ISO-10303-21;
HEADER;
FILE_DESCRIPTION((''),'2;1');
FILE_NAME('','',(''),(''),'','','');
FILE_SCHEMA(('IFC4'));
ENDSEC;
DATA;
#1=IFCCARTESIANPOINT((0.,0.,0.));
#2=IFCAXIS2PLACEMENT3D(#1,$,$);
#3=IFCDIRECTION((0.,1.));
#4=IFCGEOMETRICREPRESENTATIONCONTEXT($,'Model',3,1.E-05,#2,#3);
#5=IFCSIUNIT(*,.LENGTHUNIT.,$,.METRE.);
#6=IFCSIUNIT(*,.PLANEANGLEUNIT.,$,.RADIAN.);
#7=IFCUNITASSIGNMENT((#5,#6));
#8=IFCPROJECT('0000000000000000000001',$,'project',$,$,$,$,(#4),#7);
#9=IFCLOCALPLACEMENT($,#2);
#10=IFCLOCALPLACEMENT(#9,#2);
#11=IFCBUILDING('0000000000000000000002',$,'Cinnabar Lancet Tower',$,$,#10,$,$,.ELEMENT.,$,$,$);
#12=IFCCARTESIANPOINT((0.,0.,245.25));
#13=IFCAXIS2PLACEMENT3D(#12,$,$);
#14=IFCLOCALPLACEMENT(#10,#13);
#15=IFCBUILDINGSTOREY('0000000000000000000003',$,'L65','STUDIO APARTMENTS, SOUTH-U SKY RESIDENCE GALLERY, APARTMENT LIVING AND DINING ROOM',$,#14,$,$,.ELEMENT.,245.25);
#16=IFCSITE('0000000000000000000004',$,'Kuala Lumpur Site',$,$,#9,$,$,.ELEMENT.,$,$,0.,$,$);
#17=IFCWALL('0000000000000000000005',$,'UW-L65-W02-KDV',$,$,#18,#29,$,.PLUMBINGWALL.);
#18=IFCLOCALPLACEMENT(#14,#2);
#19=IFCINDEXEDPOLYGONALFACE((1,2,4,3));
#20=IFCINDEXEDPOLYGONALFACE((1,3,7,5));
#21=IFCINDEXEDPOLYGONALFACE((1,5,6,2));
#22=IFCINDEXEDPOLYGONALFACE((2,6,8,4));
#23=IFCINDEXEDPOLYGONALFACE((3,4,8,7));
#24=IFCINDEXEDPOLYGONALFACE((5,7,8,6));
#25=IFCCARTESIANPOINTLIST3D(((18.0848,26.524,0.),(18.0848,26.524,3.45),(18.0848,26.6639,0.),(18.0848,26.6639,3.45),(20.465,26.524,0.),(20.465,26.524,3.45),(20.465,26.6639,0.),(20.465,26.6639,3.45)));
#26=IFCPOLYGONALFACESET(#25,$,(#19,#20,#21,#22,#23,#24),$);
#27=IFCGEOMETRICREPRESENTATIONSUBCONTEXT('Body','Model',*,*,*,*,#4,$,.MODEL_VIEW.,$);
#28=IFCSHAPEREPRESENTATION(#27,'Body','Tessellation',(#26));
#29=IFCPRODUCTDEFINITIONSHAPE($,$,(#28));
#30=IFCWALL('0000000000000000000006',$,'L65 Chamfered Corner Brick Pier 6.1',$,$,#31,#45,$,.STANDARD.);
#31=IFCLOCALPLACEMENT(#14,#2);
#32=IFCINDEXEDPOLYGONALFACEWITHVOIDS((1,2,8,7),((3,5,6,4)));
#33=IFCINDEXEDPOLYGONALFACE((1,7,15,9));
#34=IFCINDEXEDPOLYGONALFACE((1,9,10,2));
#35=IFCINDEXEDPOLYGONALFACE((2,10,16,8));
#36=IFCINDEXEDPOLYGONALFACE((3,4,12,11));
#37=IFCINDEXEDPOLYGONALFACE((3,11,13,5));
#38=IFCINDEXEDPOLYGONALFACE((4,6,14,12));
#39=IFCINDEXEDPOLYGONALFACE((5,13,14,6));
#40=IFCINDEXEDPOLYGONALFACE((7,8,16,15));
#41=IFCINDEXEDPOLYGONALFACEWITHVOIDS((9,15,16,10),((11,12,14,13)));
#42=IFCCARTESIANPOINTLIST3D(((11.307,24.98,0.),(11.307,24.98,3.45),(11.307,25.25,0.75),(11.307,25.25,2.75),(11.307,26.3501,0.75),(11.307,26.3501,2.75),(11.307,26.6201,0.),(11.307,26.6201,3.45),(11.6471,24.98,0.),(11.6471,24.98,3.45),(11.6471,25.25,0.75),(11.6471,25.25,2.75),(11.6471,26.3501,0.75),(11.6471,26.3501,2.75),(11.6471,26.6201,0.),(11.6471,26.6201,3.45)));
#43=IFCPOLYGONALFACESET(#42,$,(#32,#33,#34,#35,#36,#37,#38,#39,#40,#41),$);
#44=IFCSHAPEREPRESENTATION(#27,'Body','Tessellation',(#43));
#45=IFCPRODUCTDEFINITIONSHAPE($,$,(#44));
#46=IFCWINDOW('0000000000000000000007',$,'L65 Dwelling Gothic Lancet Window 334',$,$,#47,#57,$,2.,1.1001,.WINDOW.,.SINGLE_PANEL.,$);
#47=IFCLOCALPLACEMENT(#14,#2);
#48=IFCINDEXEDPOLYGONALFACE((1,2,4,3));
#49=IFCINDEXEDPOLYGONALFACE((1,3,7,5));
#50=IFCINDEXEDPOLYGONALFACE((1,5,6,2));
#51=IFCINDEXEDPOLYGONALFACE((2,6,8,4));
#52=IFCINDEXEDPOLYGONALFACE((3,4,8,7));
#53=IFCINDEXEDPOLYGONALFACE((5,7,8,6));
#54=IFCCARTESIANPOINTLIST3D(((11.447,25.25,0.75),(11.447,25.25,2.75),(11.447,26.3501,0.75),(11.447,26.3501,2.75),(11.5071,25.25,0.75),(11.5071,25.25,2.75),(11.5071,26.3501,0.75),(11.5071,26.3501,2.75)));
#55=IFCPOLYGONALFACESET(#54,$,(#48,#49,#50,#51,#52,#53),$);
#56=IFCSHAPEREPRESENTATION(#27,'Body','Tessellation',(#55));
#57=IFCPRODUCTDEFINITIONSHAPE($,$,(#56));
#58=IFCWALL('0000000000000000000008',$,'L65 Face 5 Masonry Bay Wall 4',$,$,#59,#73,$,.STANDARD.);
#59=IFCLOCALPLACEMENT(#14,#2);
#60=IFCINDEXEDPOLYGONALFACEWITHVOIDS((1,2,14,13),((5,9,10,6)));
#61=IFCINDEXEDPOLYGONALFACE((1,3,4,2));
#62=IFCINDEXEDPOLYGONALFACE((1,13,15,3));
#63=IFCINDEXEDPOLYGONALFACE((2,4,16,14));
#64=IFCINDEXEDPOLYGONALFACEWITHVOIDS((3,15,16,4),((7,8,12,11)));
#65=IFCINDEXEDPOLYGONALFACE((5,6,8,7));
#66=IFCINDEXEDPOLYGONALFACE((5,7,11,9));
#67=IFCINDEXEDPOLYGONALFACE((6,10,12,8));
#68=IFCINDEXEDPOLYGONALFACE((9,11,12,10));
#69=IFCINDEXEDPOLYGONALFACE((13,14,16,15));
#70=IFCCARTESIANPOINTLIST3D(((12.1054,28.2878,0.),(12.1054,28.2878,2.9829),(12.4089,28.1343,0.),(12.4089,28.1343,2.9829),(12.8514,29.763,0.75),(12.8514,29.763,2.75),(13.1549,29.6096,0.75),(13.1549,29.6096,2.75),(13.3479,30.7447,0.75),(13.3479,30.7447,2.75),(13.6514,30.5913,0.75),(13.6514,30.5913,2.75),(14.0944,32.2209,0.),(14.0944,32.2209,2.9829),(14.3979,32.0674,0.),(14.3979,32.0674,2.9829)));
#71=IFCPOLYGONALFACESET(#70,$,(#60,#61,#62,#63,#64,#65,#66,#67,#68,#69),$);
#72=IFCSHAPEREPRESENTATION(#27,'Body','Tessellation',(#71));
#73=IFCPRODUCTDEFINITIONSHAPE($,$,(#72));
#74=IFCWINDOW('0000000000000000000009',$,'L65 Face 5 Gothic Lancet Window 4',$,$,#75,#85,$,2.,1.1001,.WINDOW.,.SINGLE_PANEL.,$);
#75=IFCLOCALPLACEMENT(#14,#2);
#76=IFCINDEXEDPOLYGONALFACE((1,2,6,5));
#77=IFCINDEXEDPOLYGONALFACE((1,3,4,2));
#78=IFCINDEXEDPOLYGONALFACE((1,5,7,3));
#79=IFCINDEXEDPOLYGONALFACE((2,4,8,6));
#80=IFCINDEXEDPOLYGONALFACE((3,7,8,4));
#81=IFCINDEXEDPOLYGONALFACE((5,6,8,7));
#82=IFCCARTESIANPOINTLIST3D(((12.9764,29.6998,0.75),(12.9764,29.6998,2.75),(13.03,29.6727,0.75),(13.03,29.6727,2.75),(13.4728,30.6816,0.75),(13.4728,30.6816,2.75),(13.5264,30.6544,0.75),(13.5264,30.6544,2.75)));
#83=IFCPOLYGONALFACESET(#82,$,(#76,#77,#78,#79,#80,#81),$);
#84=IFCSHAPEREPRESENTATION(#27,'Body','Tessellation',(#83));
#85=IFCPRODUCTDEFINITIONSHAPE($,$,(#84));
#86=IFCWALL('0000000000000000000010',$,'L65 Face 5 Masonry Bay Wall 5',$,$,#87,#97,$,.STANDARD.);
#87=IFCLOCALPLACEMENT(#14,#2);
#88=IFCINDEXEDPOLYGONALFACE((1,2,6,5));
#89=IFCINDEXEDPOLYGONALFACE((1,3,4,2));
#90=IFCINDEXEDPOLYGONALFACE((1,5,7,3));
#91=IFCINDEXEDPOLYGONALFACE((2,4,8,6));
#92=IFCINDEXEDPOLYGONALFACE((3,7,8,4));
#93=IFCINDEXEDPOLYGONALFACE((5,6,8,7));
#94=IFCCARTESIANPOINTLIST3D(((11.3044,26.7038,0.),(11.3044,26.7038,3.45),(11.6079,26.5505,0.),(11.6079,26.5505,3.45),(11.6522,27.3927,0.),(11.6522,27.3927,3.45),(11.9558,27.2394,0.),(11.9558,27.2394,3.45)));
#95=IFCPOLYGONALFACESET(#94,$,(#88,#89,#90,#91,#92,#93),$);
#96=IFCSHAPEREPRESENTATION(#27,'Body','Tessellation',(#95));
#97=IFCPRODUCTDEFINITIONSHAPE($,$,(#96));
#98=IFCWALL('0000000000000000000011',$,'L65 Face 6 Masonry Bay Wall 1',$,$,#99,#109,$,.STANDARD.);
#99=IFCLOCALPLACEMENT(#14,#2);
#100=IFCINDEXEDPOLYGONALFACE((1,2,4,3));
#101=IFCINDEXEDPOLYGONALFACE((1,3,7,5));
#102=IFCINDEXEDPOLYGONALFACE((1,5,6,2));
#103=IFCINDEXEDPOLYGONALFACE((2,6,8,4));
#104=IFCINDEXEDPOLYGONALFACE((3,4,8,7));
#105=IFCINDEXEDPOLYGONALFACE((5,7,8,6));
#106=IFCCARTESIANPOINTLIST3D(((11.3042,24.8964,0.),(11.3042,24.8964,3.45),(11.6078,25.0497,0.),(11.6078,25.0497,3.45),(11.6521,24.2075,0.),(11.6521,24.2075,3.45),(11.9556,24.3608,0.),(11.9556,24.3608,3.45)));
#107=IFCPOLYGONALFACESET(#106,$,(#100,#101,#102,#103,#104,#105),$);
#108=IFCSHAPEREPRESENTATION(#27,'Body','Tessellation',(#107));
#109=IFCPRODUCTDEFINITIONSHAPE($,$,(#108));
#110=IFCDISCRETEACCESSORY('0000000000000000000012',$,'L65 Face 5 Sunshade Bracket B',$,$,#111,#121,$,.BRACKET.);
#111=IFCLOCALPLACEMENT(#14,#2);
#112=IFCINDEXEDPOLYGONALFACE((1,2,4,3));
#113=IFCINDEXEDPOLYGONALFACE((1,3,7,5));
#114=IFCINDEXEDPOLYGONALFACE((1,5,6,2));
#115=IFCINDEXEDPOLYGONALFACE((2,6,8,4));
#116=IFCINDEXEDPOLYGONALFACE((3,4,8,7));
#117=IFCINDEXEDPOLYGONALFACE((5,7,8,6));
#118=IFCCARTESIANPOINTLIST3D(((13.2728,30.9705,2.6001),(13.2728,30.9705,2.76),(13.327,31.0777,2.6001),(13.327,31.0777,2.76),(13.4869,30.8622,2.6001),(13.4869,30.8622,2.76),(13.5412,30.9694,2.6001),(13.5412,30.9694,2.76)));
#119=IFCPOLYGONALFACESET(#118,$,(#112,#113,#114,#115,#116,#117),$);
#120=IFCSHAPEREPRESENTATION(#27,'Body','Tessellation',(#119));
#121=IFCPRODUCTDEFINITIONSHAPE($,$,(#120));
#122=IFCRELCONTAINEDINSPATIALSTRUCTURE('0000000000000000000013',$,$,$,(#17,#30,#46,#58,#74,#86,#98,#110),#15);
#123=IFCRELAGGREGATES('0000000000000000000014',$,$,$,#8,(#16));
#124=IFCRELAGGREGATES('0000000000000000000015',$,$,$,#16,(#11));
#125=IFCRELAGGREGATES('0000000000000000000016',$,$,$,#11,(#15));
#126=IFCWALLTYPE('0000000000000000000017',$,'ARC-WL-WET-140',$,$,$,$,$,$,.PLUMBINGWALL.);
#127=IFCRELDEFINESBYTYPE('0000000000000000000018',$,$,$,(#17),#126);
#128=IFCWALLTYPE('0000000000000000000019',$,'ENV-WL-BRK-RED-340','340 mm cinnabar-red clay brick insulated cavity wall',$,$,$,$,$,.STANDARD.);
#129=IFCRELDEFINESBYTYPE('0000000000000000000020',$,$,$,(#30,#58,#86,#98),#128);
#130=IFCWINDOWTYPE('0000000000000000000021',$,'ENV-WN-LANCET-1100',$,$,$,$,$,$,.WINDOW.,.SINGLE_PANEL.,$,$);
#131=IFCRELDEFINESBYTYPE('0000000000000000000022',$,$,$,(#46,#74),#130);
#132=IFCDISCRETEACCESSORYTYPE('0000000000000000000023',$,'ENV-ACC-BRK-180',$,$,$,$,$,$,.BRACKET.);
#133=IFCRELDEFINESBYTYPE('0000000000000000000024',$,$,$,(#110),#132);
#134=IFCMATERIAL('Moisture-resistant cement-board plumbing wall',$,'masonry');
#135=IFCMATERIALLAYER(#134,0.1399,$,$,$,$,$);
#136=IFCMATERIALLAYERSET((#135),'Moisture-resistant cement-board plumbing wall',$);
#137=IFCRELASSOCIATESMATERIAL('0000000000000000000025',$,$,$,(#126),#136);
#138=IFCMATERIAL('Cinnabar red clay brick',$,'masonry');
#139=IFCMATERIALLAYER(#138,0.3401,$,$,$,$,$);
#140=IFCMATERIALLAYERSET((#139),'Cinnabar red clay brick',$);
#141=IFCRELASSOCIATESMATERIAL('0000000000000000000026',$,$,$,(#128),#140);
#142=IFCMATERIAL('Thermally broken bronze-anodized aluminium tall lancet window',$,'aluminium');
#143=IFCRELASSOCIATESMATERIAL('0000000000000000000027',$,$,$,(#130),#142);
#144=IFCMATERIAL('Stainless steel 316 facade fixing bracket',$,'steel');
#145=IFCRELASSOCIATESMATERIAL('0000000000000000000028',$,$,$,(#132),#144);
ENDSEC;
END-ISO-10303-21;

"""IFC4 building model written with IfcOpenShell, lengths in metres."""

from ifc_helpers import new_model, si_unit, direction, frame, frame_2d, origin, origin_2d, place, context, subcontext, project, spatial, rectangle, extrude, material, layer, layer_set, type_object, element, fill, save


model = new_model("IFC4")

# Units and contexts
model_context = context("Model", 3, precision=1e-05, world=origin(), true_north=direction((0.0, 1.0)))
body_context = subcontext(model_context, "Body", "Model", "MODEL_VIEW")
ifc_project = project(units=[si_unit("LENGTHUNIT", "METRE"), si_unit("PLANEANGLEUNIT", "RADIAN")], contexts=[model_context])

# Site, building, storey
site_placement = place(None, origin())
site = spatial("IfcSite", under=ifc_project, at=site_placement, Name="Kuala Lumpur Site", CompositionType="ELEMENT", RefElevation=0.0)
building_placement = place(site_placement, origin())
building = spatial("IfcBuilding", under=site, at=building_placement, Name="Cinnabar Lancet Tower", CompositionType="ELEMENT")
storey_placement = place(building_placement, frame((0.0, 0.0, 245.25)))
storey = spatial("IfcBuildingStorey", under=building, at=storey_placement, Name="L65", Description="STUDIO APARTMENTS, SOUTH-U SKY RESIDENCE GALLERY, APARTMENT LIVING AND DINING ROOM", CompositionType="ELEMENT", Elevation=245.25)

# Wall
ifc_material_1 = material(Name="Moisture-resistant cement-board plumbing wall", Category="masonry")
ifc_layer_1 = layer(ifc_material_1, 0.1399)
ifc_layer_set_1 = layer_set([ifc_layer_1], Name="Moisture-resistant cement-board plumbing wall")
wall_type_1 = type_object("IfcWallType", Name="ARC-WL-WET-140", PredefinedType="PLUMBINGWALL", material=ifc_layer_set_1)
wall_1_placement = place(storey_placement, frame((18.085, 26.594, 0.0), z_axis=(0.0, 0.0, 1.0), x_axis=(1.0, 0.0, 0.0)))
element("IfcWall", 1, at=wall_1_placement, inside=storey, type_object=wall_type_1, Name="UW-L65-W02-KDV", PredefinedType="PLUMBINGWALL", context=body_context, shape_type="SweptSolid", body=[
    extrude(rectangle(XDim=2.3801, YDim=0.1399, at=frame_2d((1.1899, 0.0))), origin(), (0.0, 0.0, 1.0), 3.45),
])

# Walls, openings, windows
ifc_material_2 = material(Name="Cinnabar red clay brick", Category="masonry")
ifc_layer_2 = layer(ifc_material_2, 0.3401)
ifc_layer_set_2 = layer_set([ifc_layer_2], Name="Cinnabar red clay brick")
wall_type_2 = type_object("IfcWallType", Name="ENV-WL-BRK-RED-340", Description="340 mm cinnabar-red clay brick insulated cavity wall", PredefinedType="STANDARD", material=ifc_layer_set_2)
wall_2_placement = place(storey_placement, frame((11.4771, 26.6201, 0.0), z_axis=(0.0, 0.0, 1.0), x_axis=(0.0, -1.0, 0.0)))
wall_2 = element("IfcWall", 2, at=wall_2_placement, inside=storey, type_object=wall_type_2, Name="L65 Chamfered Corner Brick Pier 6.1", PredefinedType="STANDARD", context=body_context, shape_type="SweptSolid", body=[
    extrude(rectangle(XDim=1.6401, YDim=0.3401, at=frame_2d((0.8201, 0.0))), origin(), (0.0, 0.0, 1.0), 3.45),
])
opening_1_placement = place(wall_2_placement, frame((0.27, 0.0, 0.75)))
opening_1 = element("IfcOpeningElement", 3, at=opening_1_placement, cuts=wall_2, PredefinedType="OPENING", context=body_context, shape_type="SweptSolid", body=[
    extrude(rectangle(XDim=1.1001, YDim=2.0, at=frame_2d((0.55, 1.0))), frame((0.0, 0.1799, 0.0), z_axis=(0.0, -1.0, 0.0), x_axis=(1.0, 0.0, 0.0)), (0.0, 0.0, 1.0), 0.3601),
])
ifc_material_3 = material(Name="Thermally broken bronze-anodized aluminium tall lancet window", Category="aluminium")
window_type = type_object("IfcWindowType", Name="ENV-WN-LANCET-1100", PartitioningType="SINGLE_PANEL", PredefinedType="WINDOW", material=ifc_material_3)
window_1_placement = place(opening_1_placement, origin())
window_1 = element("IfcWindow", 4, at=window_1_placement, inside=storey, type_object=window_type, Name="L65 Dwelling Gothic Lancet Window 334", OverallHeight=2.0, OverallWidth=1.1001, PartitioningType="SINGLE_PANEL", PredefinedType="WINDOW", context=body_context, shape_type="SweptSolid", body=[
    extrude(rectangle(XDim=1.1001, YDim=2.0, at=frame_2d((0.55, 1.0))), frame((0.0, 0.03, 0.0), z_axis=(0.0, -1.0, 0.0), x_axis=(1.0, 0.0, 0.0)), (0.0, 0.0, 1.0), 0.0601),
])
fill(opening_1, window_1)
wall_3_placement = place(storey_placement, frame((14.2461, 32.144, 0.0), z_axis=(0.0, 0.0, 1.0), x_axis=(-0.451286, -0.892379, 0.0)))
wall_3 = element("IfcWall", 5, at=wall_3_placement, inside=storey, type_object=wall_type_2, Name="L65 Face 5 Masonry Bay Wall 4", PredefinedType="STANDARD", context=body_context, shape_type="SweptSolid", body=[
    extrude(rectangle(XDim=4.4075, YDim=0.3401, at=frame_2d((2.2036, 0.0))), origin(), (0.0, 0.0, 1.0), 2.9829),
])
opening_2_placement = place(wall_3_placement, frame((1.6541, 0.0, 0.75)))
opening_2 = element("IfcOpeningElement", 6, at=opening_2_placement, cuts=wall_3, PredefinedType="OPENING", context=body_context, shape_type="SweptSolid", body=[
    extrude(rectangle(XDim=1.1001, YDim=2.0, at=frame_2d((0.55, 1.0))), frame((0.0, 0.1799, 0.0), z_axis=(0.0, -1.0, 0.0), x_axis=(1.0, 0.0, 0.0)), (0.0, 0.0, 1.0), 0.3601),
])
window_2_placement = place(opening_2_placement, origin())
window_2 = element("IfcWindow", 7, at=window_2_placement, inside=storey, type_object=window_type, Name="L65 Face 5 Gothic Lancet Window 4", OverallHeight=2.0, OverallWidth=1.1001, PartitioningType="SINGLE_PANEL", PredefinedType="WINDOW", context=body_context, shape_type="SweptSolid", body=[
    extrude(rectangle(XDim=1.1001, YDim=2.0, at=frame_2d((0.55, 1.0))), frame((0.0, 0.03, 0.0), z_axis=(0.0, -1.0, 0.0), x_axis=(1.0, 0.0, 0.0)), (0.0, 0.0, 1.0), 0.0601),
])
fill(opening_2, window_2)

# Walls
for number, where, z_axis, x_axis, name in (
    (8, (11.804, 27.3159, 0.0), (0.0, 0.0, 1.0), (-0.450753, -0.892649, 0.0), "L65 Face 5 Masonry Bay Wall 5"),
    (9, (11.4561, 24.9729, 0.0), (0.0, 0.0, 1.0), (0.450753, -0.892649, 0.0), "L65 Face 6 Masonry Bay Wall 1"),
):
    element("IfcWall", number, at=place(storey_placement, frame(where, z_axis=z_axis, x_axis=x_axis)), inside=storey, type_object=wall_type_2, Name=name, PredefinedType="STANDARD", context=body_context, shape_type="SweptSolid", body=[
        extrude(rectangle(XDim=0.7717, YDim=0.3401, at=frame_2d((0.3857, 0.0))), origin(), (0.0, 0.0, 1.0), 3.45),
    ])

# Discrete accessory
ifc_material_4 = material(Name="Stainless steel 316 facade fixing bracket", Category="steel")
discrete_accessory_type = type_object("IfcDiscreteAccessoryType", Name="ENV-ACC-BRK-180", PredefinedType="BRACKET", material=ifc_material_4)
discrete_accessory_placement = place(storey_placement, frame((13.407, 30.97, 2.6001), z_axis=(0.0, 0.0, 1.0), x_axis=(-0.451376, -0.892334, 0.0)))
element("IfcDiscreteAccessory", 10, at=discrete_accessory_placement, inside=storey, type_object=discrete_accessory_type, Name="L65 Face 5 Sunshade Bracket B", PredefinedType="BRACKET", context=body_context, shape_type="SweptSolid", body=[
    extrude(rectangle(XDim=0.1201, YDim=0.24, at=origin_2d()), origin(), (0.0, 0.0, 1.0), 0.1599),
])

save(model, "model.ifc")
